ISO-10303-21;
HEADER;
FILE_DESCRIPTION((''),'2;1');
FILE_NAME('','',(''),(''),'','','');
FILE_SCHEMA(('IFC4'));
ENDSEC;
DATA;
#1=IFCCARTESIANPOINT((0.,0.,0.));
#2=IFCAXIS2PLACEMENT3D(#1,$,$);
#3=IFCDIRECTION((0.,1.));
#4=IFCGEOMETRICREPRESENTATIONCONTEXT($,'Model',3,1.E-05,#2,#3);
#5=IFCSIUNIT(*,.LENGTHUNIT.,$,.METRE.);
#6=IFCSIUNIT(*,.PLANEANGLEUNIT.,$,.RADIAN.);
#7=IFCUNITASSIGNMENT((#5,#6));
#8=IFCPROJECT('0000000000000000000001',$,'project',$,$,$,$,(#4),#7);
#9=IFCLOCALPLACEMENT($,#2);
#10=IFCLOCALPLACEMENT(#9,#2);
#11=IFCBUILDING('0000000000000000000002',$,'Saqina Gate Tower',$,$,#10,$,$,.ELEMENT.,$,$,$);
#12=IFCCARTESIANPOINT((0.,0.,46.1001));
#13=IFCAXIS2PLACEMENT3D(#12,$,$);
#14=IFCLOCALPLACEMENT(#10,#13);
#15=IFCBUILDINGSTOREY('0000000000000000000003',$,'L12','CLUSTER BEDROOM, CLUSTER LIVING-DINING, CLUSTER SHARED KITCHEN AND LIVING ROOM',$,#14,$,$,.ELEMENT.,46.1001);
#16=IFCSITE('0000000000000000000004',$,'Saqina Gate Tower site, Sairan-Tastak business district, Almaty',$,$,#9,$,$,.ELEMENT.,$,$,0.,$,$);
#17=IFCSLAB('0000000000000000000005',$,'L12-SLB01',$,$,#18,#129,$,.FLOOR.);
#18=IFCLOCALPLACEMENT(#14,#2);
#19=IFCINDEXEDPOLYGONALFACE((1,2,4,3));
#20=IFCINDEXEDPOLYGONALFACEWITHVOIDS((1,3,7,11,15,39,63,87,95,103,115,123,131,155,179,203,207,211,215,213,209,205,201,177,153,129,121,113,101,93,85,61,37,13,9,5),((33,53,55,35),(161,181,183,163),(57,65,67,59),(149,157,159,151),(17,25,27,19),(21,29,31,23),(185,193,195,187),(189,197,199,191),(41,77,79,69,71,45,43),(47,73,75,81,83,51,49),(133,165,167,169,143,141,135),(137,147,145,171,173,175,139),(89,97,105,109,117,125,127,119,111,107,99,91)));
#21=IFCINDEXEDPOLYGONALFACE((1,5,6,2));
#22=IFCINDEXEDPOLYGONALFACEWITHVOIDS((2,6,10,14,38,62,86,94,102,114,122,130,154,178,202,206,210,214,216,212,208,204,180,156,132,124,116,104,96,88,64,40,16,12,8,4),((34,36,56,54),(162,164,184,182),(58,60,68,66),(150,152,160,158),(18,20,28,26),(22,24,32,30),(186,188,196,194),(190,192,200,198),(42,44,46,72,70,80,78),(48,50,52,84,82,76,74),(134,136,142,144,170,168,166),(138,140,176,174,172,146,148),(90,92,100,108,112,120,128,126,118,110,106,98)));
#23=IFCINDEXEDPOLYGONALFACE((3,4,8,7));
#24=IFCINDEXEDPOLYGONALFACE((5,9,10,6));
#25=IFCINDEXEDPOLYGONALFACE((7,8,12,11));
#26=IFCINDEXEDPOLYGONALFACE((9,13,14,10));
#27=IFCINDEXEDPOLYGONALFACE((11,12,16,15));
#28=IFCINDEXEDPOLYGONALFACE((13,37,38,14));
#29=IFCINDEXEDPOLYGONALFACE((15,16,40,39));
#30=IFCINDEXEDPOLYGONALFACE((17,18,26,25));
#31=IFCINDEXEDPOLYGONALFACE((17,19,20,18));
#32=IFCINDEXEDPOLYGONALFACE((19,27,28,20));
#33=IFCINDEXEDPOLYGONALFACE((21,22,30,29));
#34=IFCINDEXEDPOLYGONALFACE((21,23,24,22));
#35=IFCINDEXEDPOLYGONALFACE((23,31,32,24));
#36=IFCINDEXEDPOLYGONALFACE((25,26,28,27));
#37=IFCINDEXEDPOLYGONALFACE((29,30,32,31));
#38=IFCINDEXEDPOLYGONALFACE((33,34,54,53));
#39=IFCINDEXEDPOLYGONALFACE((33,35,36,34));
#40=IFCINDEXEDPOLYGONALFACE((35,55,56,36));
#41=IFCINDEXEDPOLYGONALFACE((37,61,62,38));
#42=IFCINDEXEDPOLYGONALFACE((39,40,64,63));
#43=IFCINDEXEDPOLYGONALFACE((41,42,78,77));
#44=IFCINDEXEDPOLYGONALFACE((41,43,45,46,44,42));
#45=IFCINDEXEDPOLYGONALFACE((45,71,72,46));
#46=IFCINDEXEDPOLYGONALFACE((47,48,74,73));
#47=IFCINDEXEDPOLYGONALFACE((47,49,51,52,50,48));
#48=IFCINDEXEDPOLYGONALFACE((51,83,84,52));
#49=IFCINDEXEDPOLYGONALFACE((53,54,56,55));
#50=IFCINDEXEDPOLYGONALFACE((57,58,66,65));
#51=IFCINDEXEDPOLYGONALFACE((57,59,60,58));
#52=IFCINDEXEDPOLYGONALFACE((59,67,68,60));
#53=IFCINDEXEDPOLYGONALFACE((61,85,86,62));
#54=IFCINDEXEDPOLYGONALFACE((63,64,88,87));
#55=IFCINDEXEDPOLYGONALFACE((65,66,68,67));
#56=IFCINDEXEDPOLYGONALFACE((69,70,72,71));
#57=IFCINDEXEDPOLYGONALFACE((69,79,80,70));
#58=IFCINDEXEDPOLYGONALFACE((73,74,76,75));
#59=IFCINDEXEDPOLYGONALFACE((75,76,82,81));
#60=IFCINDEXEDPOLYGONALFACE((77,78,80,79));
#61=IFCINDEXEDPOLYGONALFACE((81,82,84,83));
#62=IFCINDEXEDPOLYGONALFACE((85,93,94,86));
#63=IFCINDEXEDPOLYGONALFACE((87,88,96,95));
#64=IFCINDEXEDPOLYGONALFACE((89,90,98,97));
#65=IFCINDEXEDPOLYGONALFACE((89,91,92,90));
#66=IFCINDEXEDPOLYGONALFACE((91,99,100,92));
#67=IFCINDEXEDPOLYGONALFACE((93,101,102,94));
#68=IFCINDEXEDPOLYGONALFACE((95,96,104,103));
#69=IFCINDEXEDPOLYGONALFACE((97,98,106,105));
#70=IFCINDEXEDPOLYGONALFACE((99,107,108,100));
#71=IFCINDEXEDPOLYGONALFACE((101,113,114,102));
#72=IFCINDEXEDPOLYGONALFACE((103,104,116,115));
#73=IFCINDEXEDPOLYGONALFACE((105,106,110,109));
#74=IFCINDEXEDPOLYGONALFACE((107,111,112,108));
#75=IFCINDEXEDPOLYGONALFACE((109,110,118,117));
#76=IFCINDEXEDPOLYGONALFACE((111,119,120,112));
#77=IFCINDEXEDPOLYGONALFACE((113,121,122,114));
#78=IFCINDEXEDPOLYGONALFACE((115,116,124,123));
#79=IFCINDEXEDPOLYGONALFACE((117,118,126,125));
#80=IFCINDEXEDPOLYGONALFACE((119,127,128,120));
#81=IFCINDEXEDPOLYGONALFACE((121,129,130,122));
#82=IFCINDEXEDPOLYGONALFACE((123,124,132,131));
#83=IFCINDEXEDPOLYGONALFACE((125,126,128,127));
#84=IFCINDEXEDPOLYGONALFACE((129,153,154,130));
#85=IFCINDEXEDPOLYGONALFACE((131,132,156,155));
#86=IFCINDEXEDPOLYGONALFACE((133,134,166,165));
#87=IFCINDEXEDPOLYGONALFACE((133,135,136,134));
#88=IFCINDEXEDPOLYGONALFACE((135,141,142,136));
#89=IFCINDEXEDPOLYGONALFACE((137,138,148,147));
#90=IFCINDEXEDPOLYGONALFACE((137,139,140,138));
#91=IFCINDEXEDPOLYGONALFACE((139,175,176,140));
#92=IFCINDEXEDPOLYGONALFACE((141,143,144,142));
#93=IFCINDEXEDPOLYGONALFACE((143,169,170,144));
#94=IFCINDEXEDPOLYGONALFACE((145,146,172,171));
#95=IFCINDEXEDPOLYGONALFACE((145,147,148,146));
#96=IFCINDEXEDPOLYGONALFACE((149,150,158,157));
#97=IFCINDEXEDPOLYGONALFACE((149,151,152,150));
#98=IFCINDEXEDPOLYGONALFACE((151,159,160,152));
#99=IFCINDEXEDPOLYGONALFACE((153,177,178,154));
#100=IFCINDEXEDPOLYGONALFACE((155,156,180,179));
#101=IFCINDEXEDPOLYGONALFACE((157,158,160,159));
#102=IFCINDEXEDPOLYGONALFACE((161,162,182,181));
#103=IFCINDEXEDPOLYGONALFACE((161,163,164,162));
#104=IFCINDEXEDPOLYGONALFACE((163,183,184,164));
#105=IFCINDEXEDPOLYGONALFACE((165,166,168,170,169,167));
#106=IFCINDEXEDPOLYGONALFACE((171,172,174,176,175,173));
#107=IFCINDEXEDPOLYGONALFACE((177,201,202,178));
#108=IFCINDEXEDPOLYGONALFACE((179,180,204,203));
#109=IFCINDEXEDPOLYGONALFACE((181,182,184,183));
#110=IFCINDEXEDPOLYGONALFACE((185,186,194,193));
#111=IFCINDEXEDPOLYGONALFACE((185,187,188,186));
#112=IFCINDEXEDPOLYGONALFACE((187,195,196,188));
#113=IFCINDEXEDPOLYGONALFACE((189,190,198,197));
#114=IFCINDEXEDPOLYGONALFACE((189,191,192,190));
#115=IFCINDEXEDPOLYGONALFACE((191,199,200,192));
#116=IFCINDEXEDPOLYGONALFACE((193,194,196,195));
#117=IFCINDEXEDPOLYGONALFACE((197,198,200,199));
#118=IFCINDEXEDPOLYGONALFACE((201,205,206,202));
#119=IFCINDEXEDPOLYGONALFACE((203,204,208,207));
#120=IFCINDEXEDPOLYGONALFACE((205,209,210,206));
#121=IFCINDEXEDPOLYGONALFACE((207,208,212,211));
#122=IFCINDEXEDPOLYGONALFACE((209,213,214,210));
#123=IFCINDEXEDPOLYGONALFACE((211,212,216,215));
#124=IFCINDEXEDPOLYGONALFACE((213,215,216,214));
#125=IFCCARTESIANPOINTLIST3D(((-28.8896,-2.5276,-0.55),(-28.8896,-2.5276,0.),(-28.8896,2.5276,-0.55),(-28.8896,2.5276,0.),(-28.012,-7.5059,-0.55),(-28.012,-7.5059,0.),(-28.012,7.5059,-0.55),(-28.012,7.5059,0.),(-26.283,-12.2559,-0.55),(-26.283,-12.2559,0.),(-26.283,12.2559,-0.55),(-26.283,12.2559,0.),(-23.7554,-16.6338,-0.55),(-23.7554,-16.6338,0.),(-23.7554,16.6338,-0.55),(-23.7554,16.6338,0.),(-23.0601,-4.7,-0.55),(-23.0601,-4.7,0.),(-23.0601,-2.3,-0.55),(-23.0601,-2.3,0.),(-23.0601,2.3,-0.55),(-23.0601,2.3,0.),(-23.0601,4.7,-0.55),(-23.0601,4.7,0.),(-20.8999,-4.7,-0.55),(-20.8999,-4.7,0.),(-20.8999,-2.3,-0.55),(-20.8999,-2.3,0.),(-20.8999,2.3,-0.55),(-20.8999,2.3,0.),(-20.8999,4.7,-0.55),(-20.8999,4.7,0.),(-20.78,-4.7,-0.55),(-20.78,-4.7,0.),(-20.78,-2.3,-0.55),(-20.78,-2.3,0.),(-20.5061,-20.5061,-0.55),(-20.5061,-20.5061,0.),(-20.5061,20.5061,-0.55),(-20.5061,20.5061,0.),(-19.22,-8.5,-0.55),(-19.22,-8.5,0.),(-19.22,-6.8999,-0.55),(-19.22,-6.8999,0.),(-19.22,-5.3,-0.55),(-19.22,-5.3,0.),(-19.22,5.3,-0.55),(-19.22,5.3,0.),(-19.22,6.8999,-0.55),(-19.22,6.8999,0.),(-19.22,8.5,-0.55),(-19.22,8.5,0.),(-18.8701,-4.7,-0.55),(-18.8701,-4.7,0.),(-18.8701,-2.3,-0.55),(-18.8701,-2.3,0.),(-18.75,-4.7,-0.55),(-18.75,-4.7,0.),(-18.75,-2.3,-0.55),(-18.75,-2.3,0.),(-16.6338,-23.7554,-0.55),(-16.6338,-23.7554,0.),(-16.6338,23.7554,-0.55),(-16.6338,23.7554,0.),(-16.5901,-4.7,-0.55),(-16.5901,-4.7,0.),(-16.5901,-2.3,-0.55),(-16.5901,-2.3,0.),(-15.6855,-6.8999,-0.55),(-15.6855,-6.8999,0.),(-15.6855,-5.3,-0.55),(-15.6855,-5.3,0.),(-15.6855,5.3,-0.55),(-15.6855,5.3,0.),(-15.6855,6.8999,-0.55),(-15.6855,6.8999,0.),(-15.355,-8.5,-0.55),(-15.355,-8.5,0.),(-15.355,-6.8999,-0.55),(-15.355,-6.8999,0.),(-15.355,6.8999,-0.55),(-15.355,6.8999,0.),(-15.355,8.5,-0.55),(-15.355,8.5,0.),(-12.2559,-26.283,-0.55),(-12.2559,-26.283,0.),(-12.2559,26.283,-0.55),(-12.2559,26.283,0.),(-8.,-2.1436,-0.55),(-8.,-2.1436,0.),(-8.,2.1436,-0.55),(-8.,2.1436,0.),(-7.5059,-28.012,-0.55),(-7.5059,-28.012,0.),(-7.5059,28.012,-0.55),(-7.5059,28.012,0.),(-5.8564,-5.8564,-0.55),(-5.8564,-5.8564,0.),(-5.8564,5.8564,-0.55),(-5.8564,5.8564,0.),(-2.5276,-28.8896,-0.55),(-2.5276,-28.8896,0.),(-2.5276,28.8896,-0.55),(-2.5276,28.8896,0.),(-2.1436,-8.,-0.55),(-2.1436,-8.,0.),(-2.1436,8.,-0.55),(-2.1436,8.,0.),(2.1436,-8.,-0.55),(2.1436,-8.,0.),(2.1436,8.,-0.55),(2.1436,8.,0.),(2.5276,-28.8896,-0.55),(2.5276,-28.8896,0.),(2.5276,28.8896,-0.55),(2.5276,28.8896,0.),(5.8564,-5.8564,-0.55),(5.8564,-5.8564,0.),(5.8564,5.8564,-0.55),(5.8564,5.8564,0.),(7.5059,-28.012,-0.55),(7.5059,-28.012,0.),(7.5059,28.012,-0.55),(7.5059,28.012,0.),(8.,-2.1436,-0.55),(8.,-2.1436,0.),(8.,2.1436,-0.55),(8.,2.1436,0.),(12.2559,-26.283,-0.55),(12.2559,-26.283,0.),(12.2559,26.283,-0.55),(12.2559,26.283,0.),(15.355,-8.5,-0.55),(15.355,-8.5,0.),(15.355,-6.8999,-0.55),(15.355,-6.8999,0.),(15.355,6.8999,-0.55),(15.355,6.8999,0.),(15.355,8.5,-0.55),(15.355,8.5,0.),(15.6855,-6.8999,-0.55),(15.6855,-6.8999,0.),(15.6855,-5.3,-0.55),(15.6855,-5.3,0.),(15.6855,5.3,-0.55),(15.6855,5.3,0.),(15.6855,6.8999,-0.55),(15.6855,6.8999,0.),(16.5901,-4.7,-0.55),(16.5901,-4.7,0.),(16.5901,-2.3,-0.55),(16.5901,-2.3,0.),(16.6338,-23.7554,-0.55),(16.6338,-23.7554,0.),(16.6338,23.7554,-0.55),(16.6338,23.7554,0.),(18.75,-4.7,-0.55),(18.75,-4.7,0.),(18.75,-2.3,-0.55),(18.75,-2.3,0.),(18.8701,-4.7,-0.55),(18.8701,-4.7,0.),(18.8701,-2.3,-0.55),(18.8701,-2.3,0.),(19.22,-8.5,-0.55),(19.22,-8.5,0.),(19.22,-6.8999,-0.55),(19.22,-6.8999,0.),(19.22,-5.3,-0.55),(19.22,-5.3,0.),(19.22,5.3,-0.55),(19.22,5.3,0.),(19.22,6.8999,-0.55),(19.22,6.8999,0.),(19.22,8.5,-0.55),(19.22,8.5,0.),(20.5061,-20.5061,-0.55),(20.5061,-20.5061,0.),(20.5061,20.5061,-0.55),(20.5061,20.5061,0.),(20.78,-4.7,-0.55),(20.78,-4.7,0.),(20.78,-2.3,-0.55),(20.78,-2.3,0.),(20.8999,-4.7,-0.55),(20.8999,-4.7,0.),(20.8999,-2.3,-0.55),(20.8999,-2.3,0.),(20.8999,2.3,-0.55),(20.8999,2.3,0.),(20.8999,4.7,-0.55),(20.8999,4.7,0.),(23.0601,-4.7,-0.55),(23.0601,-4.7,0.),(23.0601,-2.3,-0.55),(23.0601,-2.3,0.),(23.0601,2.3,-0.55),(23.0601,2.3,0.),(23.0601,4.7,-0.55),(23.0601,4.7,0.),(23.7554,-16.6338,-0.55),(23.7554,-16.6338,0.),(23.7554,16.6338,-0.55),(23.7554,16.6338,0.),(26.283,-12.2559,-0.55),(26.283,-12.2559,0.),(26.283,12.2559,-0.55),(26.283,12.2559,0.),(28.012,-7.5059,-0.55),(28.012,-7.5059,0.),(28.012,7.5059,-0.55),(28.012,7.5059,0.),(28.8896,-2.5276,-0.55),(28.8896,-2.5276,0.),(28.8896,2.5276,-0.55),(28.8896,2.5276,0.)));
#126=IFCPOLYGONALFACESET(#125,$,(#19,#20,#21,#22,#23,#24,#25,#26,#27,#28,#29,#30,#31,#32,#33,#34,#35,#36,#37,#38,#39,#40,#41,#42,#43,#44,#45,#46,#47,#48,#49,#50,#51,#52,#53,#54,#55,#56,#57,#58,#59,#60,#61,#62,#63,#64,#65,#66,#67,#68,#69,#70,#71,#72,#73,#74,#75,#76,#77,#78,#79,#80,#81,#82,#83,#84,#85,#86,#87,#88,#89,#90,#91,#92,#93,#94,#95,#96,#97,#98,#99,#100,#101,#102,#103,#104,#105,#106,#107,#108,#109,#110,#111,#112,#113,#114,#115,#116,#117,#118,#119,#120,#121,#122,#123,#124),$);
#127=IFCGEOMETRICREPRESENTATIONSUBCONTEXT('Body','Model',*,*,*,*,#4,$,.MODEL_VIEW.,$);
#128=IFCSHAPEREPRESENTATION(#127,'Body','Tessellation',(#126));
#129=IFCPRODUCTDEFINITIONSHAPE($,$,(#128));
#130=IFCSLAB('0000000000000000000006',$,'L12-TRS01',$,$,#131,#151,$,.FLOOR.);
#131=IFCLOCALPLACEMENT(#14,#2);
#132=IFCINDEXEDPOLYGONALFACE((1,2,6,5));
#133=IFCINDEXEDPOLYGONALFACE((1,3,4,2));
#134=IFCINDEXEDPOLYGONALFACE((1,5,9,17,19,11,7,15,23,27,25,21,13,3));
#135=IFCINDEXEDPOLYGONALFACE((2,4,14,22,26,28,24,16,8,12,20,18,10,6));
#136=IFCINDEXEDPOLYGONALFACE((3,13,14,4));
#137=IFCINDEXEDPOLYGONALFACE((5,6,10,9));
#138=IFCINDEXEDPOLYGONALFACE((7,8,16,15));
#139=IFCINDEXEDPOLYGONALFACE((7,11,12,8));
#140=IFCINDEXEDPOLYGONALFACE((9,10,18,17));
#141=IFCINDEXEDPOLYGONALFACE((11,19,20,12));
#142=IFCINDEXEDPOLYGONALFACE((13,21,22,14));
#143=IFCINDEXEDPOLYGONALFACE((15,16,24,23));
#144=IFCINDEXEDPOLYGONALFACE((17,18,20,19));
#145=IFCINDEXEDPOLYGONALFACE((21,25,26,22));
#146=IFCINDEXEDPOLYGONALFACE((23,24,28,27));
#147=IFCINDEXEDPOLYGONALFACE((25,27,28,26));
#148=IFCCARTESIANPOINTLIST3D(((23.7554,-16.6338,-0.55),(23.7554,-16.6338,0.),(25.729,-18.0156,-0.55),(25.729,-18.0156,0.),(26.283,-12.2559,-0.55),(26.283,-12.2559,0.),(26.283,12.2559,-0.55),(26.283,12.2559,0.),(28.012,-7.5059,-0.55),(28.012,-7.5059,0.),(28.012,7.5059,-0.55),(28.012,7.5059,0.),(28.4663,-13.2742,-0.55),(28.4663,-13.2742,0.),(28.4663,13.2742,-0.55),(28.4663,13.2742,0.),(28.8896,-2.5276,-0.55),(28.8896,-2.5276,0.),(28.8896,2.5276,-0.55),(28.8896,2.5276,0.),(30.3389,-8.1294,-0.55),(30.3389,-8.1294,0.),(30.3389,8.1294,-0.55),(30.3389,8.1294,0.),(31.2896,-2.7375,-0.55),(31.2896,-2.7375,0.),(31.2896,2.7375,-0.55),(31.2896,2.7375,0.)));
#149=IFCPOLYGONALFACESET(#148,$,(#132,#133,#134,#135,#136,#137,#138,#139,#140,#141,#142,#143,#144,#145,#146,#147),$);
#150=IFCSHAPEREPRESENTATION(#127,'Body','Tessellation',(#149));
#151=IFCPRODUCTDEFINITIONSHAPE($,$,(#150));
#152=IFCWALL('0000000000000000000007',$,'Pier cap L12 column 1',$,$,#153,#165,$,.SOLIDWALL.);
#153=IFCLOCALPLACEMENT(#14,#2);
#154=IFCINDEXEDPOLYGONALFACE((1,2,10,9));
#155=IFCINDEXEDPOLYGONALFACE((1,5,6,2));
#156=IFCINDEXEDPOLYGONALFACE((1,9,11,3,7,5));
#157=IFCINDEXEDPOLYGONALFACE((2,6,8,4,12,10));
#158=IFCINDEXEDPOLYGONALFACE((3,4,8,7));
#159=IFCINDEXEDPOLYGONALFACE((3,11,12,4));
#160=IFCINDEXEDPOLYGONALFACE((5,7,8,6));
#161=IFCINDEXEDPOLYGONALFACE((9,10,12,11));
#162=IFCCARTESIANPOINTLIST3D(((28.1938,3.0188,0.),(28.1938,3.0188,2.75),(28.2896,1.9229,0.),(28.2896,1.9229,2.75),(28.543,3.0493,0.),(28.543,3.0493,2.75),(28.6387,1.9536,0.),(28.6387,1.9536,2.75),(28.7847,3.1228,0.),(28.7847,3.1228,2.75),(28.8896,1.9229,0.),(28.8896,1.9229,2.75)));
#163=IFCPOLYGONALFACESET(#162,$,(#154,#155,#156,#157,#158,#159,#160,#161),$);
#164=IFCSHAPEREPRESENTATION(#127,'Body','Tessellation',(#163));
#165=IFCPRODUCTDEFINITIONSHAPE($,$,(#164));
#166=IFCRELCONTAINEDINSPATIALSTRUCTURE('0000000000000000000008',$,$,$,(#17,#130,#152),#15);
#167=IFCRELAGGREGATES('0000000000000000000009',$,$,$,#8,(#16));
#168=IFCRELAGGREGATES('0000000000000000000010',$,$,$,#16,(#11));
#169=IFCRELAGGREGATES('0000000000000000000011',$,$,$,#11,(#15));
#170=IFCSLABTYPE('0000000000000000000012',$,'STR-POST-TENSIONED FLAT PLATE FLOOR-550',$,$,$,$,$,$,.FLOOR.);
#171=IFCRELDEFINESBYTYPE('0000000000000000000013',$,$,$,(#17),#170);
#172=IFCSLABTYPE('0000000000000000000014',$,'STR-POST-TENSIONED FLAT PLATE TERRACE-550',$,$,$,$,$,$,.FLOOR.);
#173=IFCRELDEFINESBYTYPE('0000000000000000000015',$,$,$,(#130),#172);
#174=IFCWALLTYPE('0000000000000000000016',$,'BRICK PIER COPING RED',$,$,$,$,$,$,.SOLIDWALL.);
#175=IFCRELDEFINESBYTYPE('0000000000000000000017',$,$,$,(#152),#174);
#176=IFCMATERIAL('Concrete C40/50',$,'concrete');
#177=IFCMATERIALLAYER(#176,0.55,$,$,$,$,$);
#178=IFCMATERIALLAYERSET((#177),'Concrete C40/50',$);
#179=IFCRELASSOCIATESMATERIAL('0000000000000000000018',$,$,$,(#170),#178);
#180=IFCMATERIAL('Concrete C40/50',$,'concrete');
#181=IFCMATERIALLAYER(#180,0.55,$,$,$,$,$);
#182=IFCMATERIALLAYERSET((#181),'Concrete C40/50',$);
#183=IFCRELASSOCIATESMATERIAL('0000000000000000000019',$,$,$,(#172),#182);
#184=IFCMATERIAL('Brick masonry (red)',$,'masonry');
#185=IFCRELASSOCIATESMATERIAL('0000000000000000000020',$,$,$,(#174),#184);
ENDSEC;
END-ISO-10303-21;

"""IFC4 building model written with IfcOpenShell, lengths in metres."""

from ifc_helpers import new_model, si_unit, direction, frame, origin, place, context, subcontext, project, spatial, polyline, outline, extrude, material, layer, layer_set, type_object, element, save


model = new_model("IFC4")

# Units and contexts
model_context = context("Model", 3, precision=1e-05, world=origin(), true_north=direction((0.0, 1.0)))
body_context = subcontext(model_context, "Body", "Model", "MODEL_VIEW")
ifc_project = project(units=[si_unit("LENGTHUNIT", "METRE"), si_unit("PLANEANGLEUNIT", "RADIAN")], contexts=[model_context])

# Site, building, storey
site_placement = place(None, origin())
site = spatial("IfcSite", under=ifc_project, at=site_placement, Name="Saqina Gate Tower site, Sairan-Tastak business district, Almaty", CompositionType="ELEMENT", RefElevation=0.0)
building_placement = place(site_placement, origin())
building = spatial("IfcBuilding", under=site, at=building_placement, Name="Saqina Gate Tower", CompositionType="ELEMENT")
storey_placement = place(building_placement, frame((0.0, 0.0, 46.1001)))
storey = spatial("IfcBuildingStorey", under=building, at=storey_placement, Name="L12", Description="CLUSTER BEDROOM, CLUSTER LIVING-DINING, CLUSTER SHARED KITCHEN AND LIVING ROOM", CompositionType="ELEMENT", Elevation=46.1001)

# Slabs
ifc_material_1 = material(Name="Concrete C40/50", Category="concrete")
ifc_layer_1 = layer(ifc_material_1, 0.55)
ifc_layer_set_1 = layer_set([ifc_layer_1], Name="Concrete C40/50")
slab_type_1 = type_object("IfcSlabType", Name="STR-POST-TENSIONED FLAT PLATE FLOOR-550", PredefinedType="FLOOR", material=ifc_layer_set_1)
slab_1_placement = place(storey_placement, frame((0.0, 0.0, -0.55)))
element("IfcSlab", 1, at=slab_1_placement, inside=storey, type_object=slab_type_1, Name="L12-SLB01", PredefinedType="FLOOR", context=body_context, shape_type="SweptSolid", body=[
    extrude(outline(polyline([(28.012, -7.5059), (28.8896, -2.5276), (28.8896, 2.5276), (28.012, 7.5059), (26.283, 12.2559), (23.7554, 16.6338), (20.5061, 20.5061), (16.6338, 23.7554), (12.2559, 26.283), (7.5059, 28.012), (2.5276, 28.8896), (-2.5276, 28.8896), (-7.5059, 28.012), (-12.2559, 26.283), (-16.6338, 23.7554), (-20.5061, 20.5061), (-23.7554, 16.6338), (-26.283, 12.2559), (-28.012, 7.5059), (-28.8896, 2.5276), (-28.8896, -2.5276), (-28.012, -7.5059), (-26.283, -12.2559), (-23.7554, -16.6338), (-20.5061, -20.5061), (-16.6338, -23.7554), (-12.2559, -26.283), (-7.5059, -28.012), (-2.5276, -28.8896), (2.5276, -28.8896), (7.5059, -28.012), (12.2559, -26.283), (16.6338, -23.7554), (20.5061, -20.5061), (23.7554, -16.6338), (26.283, -12.2559), (28.012, -7.5059)]), holes=[polyline([(2.1436, 8.0), (5.8564, 5.8564), (8.0, 2.1436), (8.0, -2.1436), (5.8564, -5.8564), (2.1436, -8.0), (-2.1436, -8.0), (-5.8564, -5.8564), (-8.0, -2.1436), (-8.0, 2.1436), (-5.8564, 5.8564), (-2.1436, 8.0), (2.1436, 8.0)]), polyline([(-19.22, -8.5), (-19.22, -6.8999), (-19.22, -5.3), (-15.6855, -5.3), (-15.6855, -6.8999), (-15.355, -6.8999), (-15.355, -8.5), (-19.22, -8.5)]), polyline([(-20.8999, -2.3), (-20.8999, -4.7), (-23.0601, -4.7), (-23.0601, -2.3), (-20.8999, -2.3)]), polyline([(-18.8701, -2.3), (-18.8701, -4.7), (-20.78, -4.7), (-20.78, -2.3), (-18.8701, -2.3)]), polyline([(-16.5901, -2.3), (-16.5901, -4.7), (-18.75, -4.7), (-18.75, -2.3), (-16.5901, -2.3)]), polyline([(-20.8999, 4.7), (-20.8999, 2.3), (-23.0601, 2.3), (-23.0601, 4.7), (-20.8999, 4.7)]), polyline([(-19.22, 6.8999), (-19.22, 8.5), (-15.355, 8.5), (-15.355, 6.8999), (-15.6855, 6.8999), (-15.6855, 5.3), (-19.22, 5.3), (-19.22, 6.8999)]), polyline([(15.355, -6.8999), (15.6855, -6.8999), (15.6855, -5.3), (19.22, -5.3), (19.22, -6.8999), (19.22, -8.5), (15.355, -8.5), (15.355, -6.8999)]), polyline([(18.75, -2.3), (18.75, -4.7), (16.5901, -4.7), (16.5901, -2.3), (18.75, -2.3)]), polyline([(20.78, -2.3), (20.78, -4.7), (18.8701, -4.7), (18.8701, -2.3), (20.78, -2.3)]), polyline([(23.0601, -2.3), (23.0601, -4.7), (20.8999, -4.7), (20.8999, -2.3), (23.0601, -2.3)]), polyline([(23.0601, 4.7), (23.0601, 2.3), (20.8999, 2.3), (20.8999, 4.7), (23.0601, 4.7)]), polyline([(15.6855, 6.8999), (15.355, 6.8999), (15.355, 8.5), (19.22, 8.5), (19.22, 6.8999), (19.22, 5.3), (15.6855, 5.3), (15.6855, 6.8999)])]), origin(), (0.0, 0.0, 1.0), 0.55),
])
ifc_material_2 = material(Name="Concrete C40/50", Category="concrete")
ifc_layer_2 = layer(ifc_material_2, 0.55)
ifc_layer_set_2 = layer_set([ifc_layer_2], Name="Concrete C40/50")
slab_type_2 = type_object("IfcSlabType", Name="STR-POST-TENSIONED FLAT PLATE TERRACE-550", PredefinedType="FLOOR", material=ifc_layer_set_2)
slab_2_placement = place(storey_placement, frame((0.0, 0.0, -0.55)))
element("IfcSlab", 2, at=slab_2_placement, inside=storey, type_object=slab_type_2, Name="L12-TRS01", PredefinedType="FLOOR", context=body_context, shape_type="SweptSolid", body=[
    extrude(outline(polyline([(23.7554, -16.6338), (26.283, -12.2559), (28.012, -7.5059), (28.8896, -2.5276), (28.8896, 2.5276), (28.012, 7.5059), (26.283, 12.2559), (28.4663, 13.2742), (30.3389, 8.1294), (31.2896, 2.7375), (31.2896, -2.7375), (30.3389, -8.1294), (28.4663, -13.2742), (25.729, -18.0156), (23.7554, -16.6338)])), origin(), (0.0, 0.0, 1.0), 0.55),
])

# Wall
ifc_material_3 = material(Name="Brick masonry (red)", Category="masonry")
wall_type_1 = type_object("IfcWallType", Name="BRICK PIER COPING RED", PredefinedType="SOLIDWALL", material=ifc_material_3)
wall_1_placement = place(storey_placement, origin())
element("IfcWall", 3, at=wall_1_placement, inside=storey, type_object=wall_type_1, Name="Pier cap L12 column 1", PredefinedType="SOLIDWALL", context=body_context, shape_type="SweptSolid", body=[
    extrude(outline(polyline([(28.8896, 1.9229), (28.7847, 3.1228), (28.1938, 3.0188), (28.543, 3.0493), (28.6387, 1.9536), (28.2896, 1.9229), (28.8896, 1.9229)])), origin(), (0.0, 0.0, 1.0), 2.75),
])

save(model, "model.ifc")
